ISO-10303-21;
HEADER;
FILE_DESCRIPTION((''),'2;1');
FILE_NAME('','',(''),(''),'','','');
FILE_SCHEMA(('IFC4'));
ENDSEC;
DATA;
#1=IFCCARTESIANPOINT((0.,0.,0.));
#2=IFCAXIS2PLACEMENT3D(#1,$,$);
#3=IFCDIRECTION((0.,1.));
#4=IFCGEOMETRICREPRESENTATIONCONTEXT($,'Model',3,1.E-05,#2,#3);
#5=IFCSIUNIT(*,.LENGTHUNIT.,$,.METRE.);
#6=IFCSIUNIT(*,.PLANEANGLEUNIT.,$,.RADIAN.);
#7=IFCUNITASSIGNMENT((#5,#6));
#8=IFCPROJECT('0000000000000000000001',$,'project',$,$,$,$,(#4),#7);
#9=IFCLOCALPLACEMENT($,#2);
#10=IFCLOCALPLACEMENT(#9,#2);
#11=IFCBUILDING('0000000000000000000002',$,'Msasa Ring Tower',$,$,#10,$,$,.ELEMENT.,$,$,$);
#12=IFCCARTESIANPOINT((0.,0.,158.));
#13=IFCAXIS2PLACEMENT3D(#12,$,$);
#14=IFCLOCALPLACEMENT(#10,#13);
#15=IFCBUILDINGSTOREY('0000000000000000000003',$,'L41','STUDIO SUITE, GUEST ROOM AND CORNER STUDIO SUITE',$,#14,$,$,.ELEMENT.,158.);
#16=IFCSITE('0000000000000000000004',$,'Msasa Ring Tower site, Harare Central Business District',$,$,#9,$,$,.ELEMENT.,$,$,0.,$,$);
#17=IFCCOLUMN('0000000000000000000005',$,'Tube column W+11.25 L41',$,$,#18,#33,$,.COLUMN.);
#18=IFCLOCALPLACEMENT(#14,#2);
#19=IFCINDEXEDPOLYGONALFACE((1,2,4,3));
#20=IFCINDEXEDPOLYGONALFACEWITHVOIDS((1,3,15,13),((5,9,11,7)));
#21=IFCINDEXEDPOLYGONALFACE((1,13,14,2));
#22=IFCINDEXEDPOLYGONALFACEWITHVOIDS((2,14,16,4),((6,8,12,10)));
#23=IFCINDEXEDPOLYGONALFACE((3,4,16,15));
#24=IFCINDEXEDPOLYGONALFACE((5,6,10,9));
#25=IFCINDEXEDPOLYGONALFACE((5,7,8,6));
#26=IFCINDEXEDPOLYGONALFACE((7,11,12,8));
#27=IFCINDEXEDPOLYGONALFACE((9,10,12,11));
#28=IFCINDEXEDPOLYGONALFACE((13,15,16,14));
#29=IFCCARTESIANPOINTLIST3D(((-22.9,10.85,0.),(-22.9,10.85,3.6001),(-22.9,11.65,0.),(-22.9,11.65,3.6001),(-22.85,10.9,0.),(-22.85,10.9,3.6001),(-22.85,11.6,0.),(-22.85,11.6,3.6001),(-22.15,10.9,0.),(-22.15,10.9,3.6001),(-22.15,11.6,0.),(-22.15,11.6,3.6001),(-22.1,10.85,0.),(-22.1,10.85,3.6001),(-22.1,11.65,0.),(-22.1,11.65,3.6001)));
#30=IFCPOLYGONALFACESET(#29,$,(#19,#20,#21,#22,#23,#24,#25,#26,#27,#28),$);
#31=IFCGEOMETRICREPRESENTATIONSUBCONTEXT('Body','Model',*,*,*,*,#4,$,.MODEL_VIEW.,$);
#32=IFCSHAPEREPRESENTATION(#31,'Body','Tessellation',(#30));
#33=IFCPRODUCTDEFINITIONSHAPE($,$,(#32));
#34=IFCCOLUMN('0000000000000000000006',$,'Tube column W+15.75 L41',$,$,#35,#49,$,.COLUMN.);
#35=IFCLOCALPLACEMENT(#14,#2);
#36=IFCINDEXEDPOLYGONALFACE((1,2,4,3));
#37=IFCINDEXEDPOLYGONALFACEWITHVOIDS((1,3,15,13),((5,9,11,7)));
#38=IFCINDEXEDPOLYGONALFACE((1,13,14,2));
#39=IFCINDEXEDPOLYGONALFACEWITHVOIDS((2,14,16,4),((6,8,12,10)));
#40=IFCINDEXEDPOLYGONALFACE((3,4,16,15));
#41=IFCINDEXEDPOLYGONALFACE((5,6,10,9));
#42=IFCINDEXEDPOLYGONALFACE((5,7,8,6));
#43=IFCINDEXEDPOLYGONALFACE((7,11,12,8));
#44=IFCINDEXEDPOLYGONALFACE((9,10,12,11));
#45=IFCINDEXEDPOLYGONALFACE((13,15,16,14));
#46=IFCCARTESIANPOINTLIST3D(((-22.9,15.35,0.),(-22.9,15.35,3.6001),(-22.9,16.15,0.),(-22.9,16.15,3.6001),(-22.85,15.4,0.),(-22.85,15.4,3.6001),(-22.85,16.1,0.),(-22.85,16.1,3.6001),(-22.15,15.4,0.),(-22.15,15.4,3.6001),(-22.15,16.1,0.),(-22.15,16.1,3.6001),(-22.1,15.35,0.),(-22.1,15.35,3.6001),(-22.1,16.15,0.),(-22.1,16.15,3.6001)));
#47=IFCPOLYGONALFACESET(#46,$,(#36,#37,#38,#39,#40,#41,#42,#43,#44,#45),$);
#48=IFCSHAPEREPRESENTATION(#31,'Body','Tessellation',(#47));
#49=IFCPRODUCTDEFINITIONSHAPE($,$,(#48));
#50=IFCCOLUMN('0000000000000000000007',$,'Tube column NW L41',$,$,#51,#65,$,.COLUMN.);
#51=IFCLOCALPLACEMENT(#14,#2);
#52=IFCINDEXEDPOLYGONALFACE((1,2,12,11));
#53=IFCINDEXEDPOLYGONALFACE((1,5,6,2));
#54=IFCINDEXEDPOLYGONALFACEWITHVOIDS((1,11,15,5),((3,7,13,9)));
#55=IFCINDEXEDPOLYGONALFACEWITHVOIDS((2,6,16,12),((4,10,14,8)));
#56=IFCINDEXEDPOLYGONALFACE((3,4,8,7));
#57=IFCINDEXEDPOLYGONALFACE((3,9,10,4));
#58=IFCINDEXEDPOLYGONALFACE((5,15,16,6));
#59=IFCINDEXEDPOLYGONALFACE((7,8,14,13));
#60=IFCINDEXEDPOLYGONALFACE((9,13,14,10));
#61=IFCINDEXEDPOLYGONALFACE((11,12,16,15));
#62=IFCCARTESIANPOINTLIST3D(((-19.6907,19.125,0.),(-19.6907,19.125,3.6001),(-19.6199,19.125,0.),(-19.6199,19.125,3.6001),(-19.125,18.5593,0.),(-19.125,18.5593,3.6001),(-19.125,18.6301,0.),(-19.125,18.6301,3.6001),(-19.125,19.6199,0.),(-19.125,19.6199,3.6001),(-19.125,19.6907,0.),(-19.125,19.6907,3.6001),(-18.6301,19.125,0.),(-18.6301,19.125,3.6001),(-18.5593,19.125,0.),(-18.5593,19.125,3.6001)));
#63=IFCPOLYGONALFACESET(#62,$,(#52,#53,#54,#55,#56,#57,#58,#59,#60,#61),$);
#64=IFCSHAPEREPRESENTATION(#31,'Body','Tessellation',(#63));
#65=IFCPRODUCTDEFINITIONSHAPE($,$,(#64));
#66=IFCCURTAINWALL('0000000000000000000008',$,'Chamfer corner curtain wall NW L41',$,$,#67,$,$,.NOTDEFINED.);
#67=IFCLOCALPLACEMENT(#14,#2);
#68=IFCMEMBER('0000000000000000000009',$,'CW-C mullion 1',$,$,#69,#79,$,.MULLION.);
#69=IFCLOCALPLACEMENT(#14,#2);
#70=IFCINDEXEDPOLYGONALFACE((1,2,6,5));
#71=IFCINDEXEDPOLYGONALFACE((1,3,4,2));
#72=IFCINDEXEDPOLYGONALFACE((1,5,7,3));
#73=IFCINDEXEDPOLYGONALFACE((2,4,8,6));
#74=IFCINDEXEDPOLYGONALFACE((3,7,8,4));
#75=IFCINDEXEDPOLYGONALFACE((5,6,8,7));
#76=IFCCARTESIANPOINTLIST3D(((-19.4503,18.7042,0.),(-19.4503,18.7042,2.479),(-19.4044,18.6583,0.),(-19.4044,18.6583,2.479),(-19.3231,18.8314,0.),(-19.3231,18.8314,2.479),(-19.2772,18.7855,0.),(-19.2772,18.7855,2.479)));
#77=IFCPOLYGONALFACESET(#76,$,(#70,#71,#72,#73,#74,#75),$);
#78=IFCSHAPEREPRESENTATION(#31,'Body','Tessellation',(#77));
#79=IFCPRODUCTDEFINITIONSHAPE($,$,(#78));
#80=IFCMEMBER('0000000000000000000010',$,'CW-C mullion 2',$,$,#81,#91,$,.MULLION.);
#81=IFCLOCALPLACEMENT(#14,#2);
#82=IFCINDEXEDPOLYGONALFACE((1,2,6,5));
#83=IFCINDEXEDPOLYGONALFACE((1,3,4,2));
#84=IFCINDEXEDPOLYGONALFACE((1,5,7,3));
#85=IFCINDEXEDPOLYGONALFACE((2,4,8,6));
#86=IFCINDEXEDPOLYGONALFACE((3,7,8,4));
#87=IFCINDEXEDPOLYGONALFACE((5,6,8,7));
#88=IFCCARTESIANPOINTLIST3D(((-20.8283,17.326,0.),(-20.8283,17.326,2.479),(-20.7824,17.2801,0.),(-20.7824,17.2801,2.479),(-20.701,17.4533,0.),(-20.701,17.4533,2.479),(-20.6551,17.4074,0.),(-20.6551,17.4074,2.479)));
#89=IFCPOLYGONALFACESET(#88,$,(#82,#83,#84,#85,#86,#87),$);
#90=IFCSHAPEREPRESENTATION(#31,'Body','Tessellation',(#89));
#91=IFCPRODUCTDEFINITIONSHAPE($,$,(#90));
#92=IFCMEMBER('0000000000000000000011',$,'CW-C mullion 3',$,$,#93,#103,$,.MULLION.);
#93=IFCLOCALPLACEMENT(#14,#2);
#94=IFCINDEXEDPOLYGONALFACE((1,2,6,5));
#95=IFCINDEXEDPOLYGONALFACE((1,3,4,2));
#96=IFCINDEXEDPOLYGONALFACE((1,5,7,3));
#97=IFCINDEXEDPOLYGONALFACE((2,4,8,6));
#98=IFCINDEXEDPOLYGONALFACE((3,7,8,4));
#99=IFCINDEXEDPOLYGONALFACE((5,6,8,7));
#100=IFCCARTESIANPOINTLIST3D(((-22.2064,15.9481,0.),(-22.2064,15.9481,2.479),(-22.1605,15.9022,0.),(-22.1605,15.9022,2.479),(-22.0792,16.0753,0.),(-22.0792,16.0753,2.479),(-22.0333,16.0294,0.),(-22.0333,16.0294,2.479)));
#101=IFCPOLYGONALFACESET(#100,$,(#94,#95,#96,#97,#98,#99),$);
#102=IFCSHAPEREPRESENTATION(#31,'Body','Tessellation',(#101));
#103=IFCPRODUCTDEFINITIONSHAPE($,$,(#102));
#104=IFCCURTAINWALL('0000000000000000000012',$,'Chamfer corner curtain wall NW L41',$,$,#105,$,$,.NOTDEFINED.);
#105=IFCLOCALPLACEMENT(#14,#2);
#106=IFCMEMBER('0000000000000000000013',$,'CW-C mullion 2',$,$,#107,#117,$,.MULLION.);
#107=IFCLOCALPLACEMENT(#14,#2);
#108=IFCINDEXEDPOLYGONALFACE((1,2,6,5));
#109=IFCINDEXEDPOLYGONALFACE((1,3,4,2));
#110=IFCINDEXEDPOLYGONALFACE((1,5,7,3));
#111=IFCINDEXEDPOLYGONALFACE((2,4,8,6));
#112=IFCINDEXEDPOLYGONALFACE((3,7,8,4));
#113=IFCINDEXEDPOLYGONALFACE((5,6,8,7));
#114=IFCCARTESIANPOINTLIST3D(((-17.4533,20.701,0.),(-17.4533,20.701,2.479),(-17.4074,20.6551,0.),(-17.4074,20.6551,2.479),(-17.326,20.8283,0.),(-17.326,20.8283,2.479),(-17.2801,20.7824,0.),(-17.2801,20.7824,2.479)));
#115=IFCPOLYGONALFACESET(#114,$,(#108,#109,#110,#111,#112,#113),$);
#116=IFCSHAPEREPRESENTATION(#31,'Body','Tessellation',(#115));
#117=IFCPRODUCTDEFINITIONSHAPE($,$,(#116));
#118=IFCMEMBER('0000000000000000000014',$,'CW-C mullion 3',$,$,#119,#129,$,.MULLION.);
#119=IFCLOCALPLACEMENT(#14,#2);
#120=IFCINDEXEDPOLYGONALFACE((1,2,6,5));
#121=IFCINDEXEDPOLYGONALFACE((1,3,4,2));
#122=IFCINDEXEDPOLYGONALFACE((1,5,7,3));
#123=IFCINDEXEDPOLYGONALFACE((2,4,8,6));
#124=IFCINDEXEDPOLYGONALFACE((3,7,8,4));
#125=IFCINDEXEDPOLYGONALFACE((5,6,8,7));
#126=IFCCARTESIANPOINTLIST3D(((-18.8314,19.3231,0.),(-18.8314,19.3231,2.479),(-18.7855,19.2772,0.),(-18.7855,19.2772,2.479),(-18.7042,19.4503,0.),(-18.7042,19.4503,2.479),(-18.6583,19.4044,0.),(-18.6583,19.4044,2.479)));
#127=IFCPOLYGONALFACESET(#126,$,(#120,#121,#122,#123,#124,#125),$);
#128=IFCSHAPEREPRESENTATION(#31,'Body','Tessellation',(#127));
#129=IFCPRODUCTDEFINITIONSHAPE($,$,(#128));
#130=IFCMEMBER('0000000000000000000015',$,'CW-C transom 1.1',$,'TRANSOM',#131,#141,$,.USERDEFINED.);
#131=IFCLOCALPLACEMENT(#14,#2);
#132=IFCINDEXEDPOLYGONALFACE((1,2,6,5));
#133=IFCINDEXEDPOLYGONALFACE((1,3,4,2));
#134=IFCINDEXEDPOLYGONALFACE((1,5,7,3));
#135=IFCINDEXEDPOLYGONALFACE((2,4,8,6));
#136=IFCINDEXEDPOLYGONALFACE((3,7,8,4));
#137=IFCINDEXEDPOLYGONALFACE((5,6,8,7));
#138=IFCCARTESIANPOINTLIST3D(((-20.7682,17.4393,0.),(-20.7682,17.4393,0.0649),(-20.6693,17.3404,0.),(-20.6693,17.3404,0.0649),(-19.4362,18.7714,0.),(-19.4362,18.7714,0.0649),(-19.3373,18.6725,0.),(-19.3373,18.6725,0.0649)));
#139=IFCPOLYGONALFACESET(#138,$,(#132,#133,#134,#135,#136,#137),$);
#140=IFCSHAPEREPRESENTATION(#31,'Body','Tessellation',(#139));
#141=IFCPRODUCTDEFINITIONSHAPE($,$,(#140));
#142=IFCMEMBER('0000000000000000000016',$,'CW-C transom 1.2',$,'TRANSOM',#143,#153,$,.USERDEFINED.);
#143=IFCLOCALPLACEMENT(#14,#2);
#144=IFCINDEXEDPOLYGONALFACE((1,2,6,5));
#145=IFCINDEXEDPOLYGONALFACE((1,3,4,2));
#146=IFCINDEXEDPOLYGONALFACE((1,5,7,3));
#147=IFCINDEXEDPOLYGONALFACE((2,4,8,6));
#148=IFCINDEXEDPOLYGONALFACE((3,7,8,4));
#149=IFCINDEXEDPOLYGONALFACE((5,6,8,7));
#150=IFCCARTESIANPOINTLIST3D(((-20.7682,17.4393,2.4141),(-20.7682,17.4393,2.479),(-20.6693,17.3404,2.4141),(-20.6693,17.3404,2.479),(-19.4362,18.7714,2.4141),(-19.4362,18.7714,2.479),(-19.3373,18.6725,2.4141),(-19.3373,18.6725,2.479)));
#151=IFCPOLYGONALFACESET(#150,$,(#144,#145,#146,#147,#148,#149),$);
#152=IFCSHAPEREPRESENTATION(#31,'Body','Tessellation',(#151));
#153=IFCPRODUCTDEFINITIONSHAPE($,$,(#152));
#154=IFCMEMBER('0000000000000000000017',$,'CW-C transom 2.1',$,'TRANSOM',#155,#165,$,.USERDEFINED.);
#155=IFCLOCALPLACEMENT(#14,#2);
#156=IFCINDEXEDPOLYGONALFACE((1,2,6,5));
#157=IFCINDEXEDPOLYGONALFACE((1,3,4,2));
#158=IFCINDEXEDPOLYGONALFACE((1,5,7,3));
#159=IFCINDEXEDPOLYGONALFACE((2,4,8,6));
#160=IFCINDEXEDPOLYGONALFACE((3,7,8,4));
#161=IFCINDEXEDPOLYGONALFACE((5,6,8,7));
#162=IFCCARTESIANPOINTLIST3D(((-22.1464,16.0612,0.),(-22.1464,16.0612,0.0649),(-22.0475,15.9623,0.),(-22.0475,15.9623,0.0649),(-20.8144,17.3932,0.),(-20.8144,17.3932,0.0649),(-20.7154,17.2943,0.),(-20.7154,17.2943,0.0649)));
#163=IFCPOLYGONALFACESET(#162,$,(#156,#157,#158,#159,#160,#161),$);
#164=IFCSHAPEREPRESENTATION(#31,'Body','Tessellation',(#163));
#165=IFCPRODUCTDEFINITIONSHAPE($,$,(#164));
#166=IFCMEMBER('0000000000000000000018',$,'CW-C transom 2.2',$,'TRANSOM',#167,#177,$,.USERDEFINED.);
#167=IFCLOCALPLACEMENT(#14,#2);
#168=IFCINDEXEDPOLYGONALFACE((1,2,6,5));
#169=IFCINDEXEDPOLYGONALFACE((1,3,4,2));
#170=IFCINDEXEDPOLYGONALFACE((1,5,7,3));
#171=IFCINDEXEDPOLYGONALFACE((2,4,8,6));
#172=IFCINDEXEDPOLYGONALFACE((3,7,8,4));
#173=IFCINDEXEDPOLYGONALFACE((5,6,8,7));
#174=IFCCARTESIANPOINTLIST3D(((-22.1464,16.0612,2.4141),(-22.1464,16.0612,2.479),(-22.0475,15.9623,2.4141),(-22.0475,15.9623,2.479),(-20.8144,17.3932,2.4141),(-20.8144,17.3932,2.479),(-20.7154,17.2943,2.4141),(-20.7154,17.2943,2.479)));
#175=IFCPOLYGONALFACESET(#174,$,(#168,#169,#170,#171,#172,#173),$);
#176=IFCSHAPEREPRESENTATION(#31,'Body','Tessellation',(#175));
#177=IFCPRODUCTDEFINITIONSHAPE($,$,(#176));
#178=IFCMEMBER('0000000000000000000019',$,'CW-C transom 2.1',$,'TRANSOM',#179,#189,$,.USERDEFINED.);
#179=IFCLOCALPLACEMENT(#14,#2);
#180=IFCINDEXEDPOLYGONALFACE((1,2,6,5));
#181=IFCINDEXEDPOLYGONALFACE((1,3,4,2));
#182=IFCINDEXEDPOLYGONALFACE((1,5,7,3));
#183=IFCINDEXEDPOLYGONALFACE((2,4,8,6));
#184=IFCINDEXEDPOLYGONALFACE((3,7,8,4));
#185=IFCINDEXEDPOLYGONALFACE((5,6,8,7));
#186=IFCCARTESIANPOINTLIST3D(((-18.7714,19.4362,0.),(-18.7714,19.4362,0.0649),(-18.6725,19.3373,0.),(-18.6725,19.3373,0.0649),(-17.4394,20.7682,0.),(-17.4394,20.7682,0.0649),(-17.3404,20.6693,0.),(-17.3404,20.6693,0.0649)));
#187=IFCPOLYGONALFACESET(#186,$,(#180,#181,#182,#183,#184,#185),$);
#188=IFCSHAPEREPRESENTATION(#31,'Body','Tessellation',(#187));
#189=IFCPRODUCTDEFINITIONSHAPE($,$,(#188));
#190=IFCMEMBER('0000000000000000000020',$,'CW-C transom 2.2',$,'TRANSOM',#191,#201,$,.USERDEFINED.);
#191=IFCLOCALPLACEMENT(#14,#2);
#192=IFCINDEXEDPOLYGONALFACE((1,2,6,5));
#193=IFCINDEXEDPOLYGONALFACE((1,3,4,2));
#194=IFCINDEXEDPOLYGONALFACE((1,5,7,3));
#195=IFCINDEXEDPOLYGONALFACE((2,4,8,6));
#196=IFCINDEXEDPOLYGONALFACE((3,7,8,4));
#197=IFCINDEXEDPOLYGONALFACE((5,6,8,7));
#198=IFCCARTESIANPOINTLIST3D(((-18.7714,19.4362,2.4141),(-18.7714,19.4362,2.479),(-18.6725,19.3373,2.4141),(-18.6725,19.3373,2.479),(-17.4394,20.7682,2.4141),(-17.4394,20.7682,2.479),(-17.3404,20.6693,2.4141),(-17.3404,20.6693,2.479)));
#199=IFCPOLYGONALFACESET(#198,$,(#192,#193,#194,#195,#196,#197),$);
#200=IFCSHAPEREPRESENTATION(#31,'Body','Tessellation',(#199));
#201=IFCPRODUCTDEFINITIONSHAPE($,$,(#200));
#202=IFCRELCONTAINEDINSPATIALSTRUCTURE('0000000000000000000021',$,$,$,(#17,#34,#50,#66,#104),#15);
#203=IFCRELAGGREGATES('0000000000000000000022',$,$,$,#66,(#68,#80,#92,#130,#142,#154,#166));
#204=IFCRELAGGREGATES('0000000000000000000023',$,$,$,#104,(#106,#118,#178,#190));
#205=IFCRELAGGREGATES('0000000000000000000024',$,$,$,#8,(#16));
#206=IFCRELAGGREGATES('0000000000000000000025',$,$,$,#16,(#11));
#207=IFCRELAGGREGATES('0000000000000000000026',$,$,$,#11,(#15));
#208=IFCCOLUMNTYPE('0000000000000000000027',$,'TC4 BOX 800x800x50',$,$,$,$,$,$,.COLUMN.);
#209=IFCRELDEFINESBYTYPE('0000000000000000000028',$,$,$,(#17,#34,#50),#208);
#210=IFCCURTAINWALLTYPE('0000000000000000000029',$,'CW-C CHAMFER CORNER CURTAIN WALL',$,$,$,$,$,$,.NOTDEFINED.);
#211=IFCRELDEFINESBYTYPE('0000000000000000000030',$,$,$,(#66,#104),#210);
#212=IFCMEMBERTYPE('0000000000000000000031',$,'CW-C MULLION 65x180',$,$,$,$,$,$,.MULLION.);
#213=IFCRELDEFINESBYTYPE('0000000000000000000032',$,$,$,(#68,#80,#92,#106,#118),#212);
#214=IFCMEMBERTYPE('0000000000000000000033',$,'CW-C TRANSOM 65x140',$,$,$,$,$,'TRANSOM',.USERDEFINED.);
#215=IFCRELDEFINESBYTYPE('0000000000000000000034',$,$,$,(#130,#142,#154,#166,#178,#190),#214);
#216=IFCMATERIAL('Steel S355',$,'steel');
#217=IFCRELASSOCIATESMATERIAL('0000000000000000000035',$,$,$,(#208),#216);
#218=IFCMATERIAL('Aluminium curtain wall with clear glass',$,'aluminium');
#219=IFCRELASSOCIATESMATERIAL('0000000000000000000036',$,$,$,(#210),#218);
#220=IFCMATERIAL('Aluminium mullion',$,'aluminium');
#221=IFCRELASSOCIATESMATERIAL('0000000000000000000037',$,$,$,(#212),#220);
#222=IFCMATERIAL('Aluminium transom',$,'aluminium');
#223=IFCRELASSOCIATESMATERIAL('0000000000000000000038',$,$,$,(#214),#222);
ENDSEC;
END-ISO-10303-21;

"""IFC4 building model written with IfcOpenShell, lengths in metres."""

from ifc_helpers import new_model, si_unit, direction, frame, origin, origin_2d, place, context, subcontext, project, spatial, rectangle, hollow_rectangle, extrude, material, material_profile, profile_set, type_object, element, aggregate, save


model = new_model("IFC4")

# Units and contexts
model_context = context("Model", 3, precision=1e-05, world=origin(), true_north=direction((0.0, 1.0)))
body_context = subcontext(model_context, "Body", "Model", "MODEL_VIEW")
ifc_project = project(units=[si_unit("LENGTHUNIT", "METRE"), si_unit("PLANEANGLEUNIT", "RADIAN")], contexts=[model_context])

# Site, building, storey
site_placement = place(None, origin())
site = spatial("IfcSite", under=ifc_project, at=site_placement, Name="Msasa Ring Tower site, Harare Central Business District", CompositionType="ELEMENT", RefElevation=0.0)
building_placement = place(site_placement, origin())
building = spatial("IfcBuilding", under=site, at=building_placement, Name="Msasa Ring Tower", CompositionType="ELEMENT")
storey_placement = place(building_placement, frame((0.0, 0.0, 158.0)))
storey = spatial("IfcBuildingStorey", under=building, at=storey_placement, Name="L41", Description="STUDIO SUITE, GUEST ROOM AND CORNER STUDIO SUITE", CompositionType="ELEMENT", Elevation=158.0)

# Columns
ifc_material_1 = material(Name="Steel S355", Category="steel")
ifc_material_profile_1 = material_profile(ifc_material_1, hollow_rectangle(XDim=0.8, YDim=0.8, WallThickness=0.05, at=origin_2d()), Name="BOX 800x800x50")
ifc_profile_set_1 = profile_set([ifc_material_profile_1], Name="Steel S355")
column_type = type_object("IfcColumnType", Name="TC4 BOX 800x800x50", PredefinedType="COLUMN", material=ifc_profile_set_1)
for number, where, z_axis, x_axis, name in (
    (1, (-22.5, 11.25, 0.0), (0.0, 0.0, 1.0), (1.0, 0.0, 0.0), "Tube column W+11.25 L41"),
    (2, (-22.5, 15.75, 0.0), (0.0, 0.0, 1.0), (1.0, 0.0, 0.0), "Tube column W+15.75 L41"),
    (3, (-19.125, 19.125, 0.0), (0.0, 0.0, 1.0), (0.707107, -0.707107, 0.0), "Tube column NW L41"),
):
    element("IfcColumn", number, at=place(storey_placement, frame(where, z_axis=z_axis, x_axis=x_axis)), inside=storey, type_object=column_type, Name=name, PredefinedType="COLUMN", context=body_context, shape_type="SweptSolid", body=[
        extrude(hollow_rectangle(XDim=0.8, YDim=0.8, WallThickness=0.05, at=origin_2d()), origin(), (0.0, 0.0, 1.0), 3.6001),
    ])

# Curtain walls, members
ifc_material_2 = material(Name="Aluminium curtain wall with clear glass", Category="aluminium")
curtain_wall_type = type_object("IfcCurtainWallType", Name="CW-C CHAMFER CORNER CURTAIN WALL", PredefinedType="NOTDEFINED", material=ifc_material_2)
curtain_wall_1_placement = place(storey_placement, origin())
curtain_wall_1 = element("IfcCurtainWall", 4, at=curtain_wall_1_placement, inside=storey, type_object=curtain_wall_type, Name="Chamfer corner curtain wall NW L41", PredefinedType="NOTDEFINED")
ifc_material_3 = material(Name="Aluminium mullion", Category="aluminium")
ifc_material_profile_2 = material_profile(ifc_material_3, rectangle(XDim=0.0649, YDim=0.1799, at=origin_2d()), Name="AL 65x180")
ifc_profile_set_2 = profile_set([ifc_material_profile_2], Name="Aluminium mullion")
member_type_1 = type_object("IfcMemberType", Name="CW-C MULLION 65x180", PredefinedType="MULLION", material=ifc_profile_set_2)
member_1_placement = place(storey_placement, frame((-19.3638, 18.7449, 0.0), z_axis=(0.0, 0.0, 1.0), x_axis=(0.707107, -0.707107, 0.0)))
member_1 = element("IfcMember", 5, at=member_1_placement, type_object=member_type_1, Name="CW-C mullion 1", PredefinedType="MULLION", context=body_context, shape_type="SweptSolid", body=[
    extrude(rectangle(XDim=0.0649, YDim=0.1799, at=origin_2d()), origin(), (0.0, 0.0, 1.0), 2.479),
])
member_2_placement = place(storey_placement, frame((-20.7417, 17.3667, 0.0), z_axis=(0.0, 0.0, 1.0), x_axis=(0.707107, -0.707107, 0.0)))
member_2 = element("IfcMember", 6, at=member_2_placement, type_object=member_type_1, Name="CW-C mullion 2", PredefinedType="MULLION", context=body_context, shape_type="SweptSolid", body=[
    extrude(rectangle(XDim=0.0649, YDim=0.1799, at=origin_2d()), origin(), (0.0, 0.0, 1.0), 2.479),
])
member_3_placement = place(storey_placement, frame((-22.1199, 15.9888, 0.0), z_axis=(0.0, 0.0, 1.0), x_axis=(0.707107, -0.707107, 0.0)))
member_3 = element("IfcMember", 7, at=member_3_placement, type_object=member_type_1, Name="CW-C mullion 3", PredefinedType="MULLION", context=body_context, shape_type="SweptSolid", body=[
    extrude(rectangle(XDim=0.0649, YDim=0.1799, at=origin_2d()), origin(), (0.0, 0.0, 1.0), 2.479),
])
curtain_wall_2_placement = place(storey_placement, origin())
curtain_wall_2 = element("IfcCurtainWall", 8, at=curtain_wall_2_placement, inside=storey, type_object=curtain_wall_type, Name="Chamfer corner curtain wall NW L41", PredefinedType="NOTDEFINED")
member_4_placement = place(storey_placement, frame((-17.3667, 20.7417, 0.0), z_axis=(0.0, 0.0, 1.0), x_axis=(0.707107, -0.707107, 0.0)))
member_4 = element("IfcMember", 9, at=member_4_placement, type_object=member_type_1, Name="CW-C mullion 2", PredefinedType="MULLION", context=body_context, shape_type="SweptSolid", body=[
    extrude(rectangle(XDim=0.0649, YDim=0.1799, at=origin_2d()), origin(), (0.0, 0.0, 1.0), 2.479),
])
member_5_placement = place(storey_placement, frame((-18.7449, 19.3638, 0.0), z_axis=(0.0, 0.0, 1.0), x_axis=(0.707107, -0.707107, 0.0)))
member_5 = element("IfcMember", 10, at=member_5_placement, type_object=member_type_1, Name="CW-C mullion 3", PredefinedType="MULLION", context=body_context, shape_type="SweptSolid", body=[
    extrude(rectangle(XDim=0.0649, YDim=0.1799, at=origin_2d()), origin(), (0.0, 0.0, 1.0), 2.479),
])

# Members
ifc_material_4 = material(Name="Aluminium transom", Category="aluminium")
ifc_material_profile_3 = material_profile(ifc_material_4, rectangle(XDim=0.1399, YDim=0.0649, at=origin_2d()), Name="AL 65x140")
ifc_profile_set_3 = profile_set([ifc_material_profile_3], Name="Aluminium transom")
member_type_2 = type_object("IfcMemberType", Name="CW-C TRANSOM 65x140", ElementType="TRANSOM", PredefinedType="USERDEFINED", material=ifc_profile_set_3)
member_6_placement = place(storey_placement, frame((-19.3867, 18.7219, 0.0325), z_axis=(-0.707107, -0.707107, 0.0), x_axis=(0.707107, -0.707107, 0.0)))
member_6 = element("IfcMember", 11, at=member_6_placement, type_object=member_type_2, Name="CW-C transom 1.1", ObjectType="TRANSOM", PredefinedType="USERDEFINED", context=body_context, shape_type="SweptSolid", body=[
    extrude(rectangle(XDim=0.1399, YDim=0.0649, at=origin_2d()), origin(), (0.0, 0.0, 1.0), 1.8838),
])
member_7_placement = place(storey_placement, frame((-19.3867, 18.7219, 2.4465), z_axis=(-0.707107, -0.707107, 0.0), x_axis=(0.707107, -0.707107, 0.0)))
member_7 = element("IfcMember", 12, at=member_7_placement, type_object=member_type_2, Name="CW-C transom 1.2", ObjectType="TRANSOM", PredefinedType="USERDEFINED", context=body_context, shape_type="SweptSolid", body=[
    extrude(rectangle(XDim=0.1399, YDim=0.0649, at=origin_2d()), origin(), (0.0, 0.0, 1.0), 1.8838),
])
member_8_placement = place(storey_placement, frame((-20.7649, 17.3438, 0.0325), z_axis=(-0.707107, -0.707107, 0.0), x_axis=(0.707107, -0.707107, 0.0)))
member_8 = element("IfcMember", 13, at=member_8_placement, type_object=member_type_2, Name="CW-C transom 2.1", ObjectType="TRANSOM", PredefinedType="USERDEFINED", context=body_context, shape_type="SweptSolid", body=[
    extrude(rectangle(XDim=0.1399, YDim=0.0649, at=origin_2d()), origin(), (0.0, 0.0, 1.0), 1.8838),
])
member_9_placement = place(storey_placement, frame((-20.7649, 17.3438, 2.4465), z_axis=(-0.707107, -0.707107, 0.0), x_axis=(0.707107, -0.707107, 0.0)))
member_9 = element("IfcMember", 14, at=member_9_placement, type_object=member_type_2, Name="CW-C transom 2.2", ObjectType="TRANSOM", PredefinedType="USERDEFINED", context=body_context, shape_type="SweptSolid", body=[
    extrude(rectangle(XDim=0.1399, YDim=0.0649, at=origin_2d()), origin(), (0.0, 0.0, 1.0), 1.8838),
])
member_10_placement = place(storey_placement, frame((-17.3899, 20.7188, 0.0325), z_axis=(-0.707107, -0.707107, 0.0), x_axis=(0.707107, -0.707107, 0.0)))
member_10 = element("IfcMember", 15, at=member_10_placement, type_object=member_type_2, Name="CW-C transom 2.1", ObjectType="TRANSOM", PredefinedType="USERDEFINED", context=body_context, shape_type="SweptSolid", body=[
    extrude(rectangle(XDim=0.1399, YDim=0.0649, at=origin_2d()), origin(), (0.0, 0.0, 1.0), 1.8838),
])
member_11_placement = place(storey_placement, frame((-17.3899, 20.7188, 2.4465), z_axis=(-0.707107, -0.707107, 0.0), x_axis=(0.707107, -0.707107, 0.0)))
member_11 = element("IfcMember", 16, at=member_11_placement, type_object=member_type_2, Name="CW-C transom 2.2", ObjectType="TRANSOM", PredefinedType="USERDEFINED", context=body_context, shape_type="SweptSolid", body=[
    extrude(rectangle(XDim=0.1399, YDim=0.0649, at=origin_2d()), origin(), (0.0, 0.0, 1.0), 1.8838),
])

aggregate(curtain_wall_1, [member_1, member_2, member_3, member_6, member_7, member_8, member_9])
aggregate(curtain_wall_2, [member_4, member_5, member_10, member_11])

save(model, "model.ifc")
